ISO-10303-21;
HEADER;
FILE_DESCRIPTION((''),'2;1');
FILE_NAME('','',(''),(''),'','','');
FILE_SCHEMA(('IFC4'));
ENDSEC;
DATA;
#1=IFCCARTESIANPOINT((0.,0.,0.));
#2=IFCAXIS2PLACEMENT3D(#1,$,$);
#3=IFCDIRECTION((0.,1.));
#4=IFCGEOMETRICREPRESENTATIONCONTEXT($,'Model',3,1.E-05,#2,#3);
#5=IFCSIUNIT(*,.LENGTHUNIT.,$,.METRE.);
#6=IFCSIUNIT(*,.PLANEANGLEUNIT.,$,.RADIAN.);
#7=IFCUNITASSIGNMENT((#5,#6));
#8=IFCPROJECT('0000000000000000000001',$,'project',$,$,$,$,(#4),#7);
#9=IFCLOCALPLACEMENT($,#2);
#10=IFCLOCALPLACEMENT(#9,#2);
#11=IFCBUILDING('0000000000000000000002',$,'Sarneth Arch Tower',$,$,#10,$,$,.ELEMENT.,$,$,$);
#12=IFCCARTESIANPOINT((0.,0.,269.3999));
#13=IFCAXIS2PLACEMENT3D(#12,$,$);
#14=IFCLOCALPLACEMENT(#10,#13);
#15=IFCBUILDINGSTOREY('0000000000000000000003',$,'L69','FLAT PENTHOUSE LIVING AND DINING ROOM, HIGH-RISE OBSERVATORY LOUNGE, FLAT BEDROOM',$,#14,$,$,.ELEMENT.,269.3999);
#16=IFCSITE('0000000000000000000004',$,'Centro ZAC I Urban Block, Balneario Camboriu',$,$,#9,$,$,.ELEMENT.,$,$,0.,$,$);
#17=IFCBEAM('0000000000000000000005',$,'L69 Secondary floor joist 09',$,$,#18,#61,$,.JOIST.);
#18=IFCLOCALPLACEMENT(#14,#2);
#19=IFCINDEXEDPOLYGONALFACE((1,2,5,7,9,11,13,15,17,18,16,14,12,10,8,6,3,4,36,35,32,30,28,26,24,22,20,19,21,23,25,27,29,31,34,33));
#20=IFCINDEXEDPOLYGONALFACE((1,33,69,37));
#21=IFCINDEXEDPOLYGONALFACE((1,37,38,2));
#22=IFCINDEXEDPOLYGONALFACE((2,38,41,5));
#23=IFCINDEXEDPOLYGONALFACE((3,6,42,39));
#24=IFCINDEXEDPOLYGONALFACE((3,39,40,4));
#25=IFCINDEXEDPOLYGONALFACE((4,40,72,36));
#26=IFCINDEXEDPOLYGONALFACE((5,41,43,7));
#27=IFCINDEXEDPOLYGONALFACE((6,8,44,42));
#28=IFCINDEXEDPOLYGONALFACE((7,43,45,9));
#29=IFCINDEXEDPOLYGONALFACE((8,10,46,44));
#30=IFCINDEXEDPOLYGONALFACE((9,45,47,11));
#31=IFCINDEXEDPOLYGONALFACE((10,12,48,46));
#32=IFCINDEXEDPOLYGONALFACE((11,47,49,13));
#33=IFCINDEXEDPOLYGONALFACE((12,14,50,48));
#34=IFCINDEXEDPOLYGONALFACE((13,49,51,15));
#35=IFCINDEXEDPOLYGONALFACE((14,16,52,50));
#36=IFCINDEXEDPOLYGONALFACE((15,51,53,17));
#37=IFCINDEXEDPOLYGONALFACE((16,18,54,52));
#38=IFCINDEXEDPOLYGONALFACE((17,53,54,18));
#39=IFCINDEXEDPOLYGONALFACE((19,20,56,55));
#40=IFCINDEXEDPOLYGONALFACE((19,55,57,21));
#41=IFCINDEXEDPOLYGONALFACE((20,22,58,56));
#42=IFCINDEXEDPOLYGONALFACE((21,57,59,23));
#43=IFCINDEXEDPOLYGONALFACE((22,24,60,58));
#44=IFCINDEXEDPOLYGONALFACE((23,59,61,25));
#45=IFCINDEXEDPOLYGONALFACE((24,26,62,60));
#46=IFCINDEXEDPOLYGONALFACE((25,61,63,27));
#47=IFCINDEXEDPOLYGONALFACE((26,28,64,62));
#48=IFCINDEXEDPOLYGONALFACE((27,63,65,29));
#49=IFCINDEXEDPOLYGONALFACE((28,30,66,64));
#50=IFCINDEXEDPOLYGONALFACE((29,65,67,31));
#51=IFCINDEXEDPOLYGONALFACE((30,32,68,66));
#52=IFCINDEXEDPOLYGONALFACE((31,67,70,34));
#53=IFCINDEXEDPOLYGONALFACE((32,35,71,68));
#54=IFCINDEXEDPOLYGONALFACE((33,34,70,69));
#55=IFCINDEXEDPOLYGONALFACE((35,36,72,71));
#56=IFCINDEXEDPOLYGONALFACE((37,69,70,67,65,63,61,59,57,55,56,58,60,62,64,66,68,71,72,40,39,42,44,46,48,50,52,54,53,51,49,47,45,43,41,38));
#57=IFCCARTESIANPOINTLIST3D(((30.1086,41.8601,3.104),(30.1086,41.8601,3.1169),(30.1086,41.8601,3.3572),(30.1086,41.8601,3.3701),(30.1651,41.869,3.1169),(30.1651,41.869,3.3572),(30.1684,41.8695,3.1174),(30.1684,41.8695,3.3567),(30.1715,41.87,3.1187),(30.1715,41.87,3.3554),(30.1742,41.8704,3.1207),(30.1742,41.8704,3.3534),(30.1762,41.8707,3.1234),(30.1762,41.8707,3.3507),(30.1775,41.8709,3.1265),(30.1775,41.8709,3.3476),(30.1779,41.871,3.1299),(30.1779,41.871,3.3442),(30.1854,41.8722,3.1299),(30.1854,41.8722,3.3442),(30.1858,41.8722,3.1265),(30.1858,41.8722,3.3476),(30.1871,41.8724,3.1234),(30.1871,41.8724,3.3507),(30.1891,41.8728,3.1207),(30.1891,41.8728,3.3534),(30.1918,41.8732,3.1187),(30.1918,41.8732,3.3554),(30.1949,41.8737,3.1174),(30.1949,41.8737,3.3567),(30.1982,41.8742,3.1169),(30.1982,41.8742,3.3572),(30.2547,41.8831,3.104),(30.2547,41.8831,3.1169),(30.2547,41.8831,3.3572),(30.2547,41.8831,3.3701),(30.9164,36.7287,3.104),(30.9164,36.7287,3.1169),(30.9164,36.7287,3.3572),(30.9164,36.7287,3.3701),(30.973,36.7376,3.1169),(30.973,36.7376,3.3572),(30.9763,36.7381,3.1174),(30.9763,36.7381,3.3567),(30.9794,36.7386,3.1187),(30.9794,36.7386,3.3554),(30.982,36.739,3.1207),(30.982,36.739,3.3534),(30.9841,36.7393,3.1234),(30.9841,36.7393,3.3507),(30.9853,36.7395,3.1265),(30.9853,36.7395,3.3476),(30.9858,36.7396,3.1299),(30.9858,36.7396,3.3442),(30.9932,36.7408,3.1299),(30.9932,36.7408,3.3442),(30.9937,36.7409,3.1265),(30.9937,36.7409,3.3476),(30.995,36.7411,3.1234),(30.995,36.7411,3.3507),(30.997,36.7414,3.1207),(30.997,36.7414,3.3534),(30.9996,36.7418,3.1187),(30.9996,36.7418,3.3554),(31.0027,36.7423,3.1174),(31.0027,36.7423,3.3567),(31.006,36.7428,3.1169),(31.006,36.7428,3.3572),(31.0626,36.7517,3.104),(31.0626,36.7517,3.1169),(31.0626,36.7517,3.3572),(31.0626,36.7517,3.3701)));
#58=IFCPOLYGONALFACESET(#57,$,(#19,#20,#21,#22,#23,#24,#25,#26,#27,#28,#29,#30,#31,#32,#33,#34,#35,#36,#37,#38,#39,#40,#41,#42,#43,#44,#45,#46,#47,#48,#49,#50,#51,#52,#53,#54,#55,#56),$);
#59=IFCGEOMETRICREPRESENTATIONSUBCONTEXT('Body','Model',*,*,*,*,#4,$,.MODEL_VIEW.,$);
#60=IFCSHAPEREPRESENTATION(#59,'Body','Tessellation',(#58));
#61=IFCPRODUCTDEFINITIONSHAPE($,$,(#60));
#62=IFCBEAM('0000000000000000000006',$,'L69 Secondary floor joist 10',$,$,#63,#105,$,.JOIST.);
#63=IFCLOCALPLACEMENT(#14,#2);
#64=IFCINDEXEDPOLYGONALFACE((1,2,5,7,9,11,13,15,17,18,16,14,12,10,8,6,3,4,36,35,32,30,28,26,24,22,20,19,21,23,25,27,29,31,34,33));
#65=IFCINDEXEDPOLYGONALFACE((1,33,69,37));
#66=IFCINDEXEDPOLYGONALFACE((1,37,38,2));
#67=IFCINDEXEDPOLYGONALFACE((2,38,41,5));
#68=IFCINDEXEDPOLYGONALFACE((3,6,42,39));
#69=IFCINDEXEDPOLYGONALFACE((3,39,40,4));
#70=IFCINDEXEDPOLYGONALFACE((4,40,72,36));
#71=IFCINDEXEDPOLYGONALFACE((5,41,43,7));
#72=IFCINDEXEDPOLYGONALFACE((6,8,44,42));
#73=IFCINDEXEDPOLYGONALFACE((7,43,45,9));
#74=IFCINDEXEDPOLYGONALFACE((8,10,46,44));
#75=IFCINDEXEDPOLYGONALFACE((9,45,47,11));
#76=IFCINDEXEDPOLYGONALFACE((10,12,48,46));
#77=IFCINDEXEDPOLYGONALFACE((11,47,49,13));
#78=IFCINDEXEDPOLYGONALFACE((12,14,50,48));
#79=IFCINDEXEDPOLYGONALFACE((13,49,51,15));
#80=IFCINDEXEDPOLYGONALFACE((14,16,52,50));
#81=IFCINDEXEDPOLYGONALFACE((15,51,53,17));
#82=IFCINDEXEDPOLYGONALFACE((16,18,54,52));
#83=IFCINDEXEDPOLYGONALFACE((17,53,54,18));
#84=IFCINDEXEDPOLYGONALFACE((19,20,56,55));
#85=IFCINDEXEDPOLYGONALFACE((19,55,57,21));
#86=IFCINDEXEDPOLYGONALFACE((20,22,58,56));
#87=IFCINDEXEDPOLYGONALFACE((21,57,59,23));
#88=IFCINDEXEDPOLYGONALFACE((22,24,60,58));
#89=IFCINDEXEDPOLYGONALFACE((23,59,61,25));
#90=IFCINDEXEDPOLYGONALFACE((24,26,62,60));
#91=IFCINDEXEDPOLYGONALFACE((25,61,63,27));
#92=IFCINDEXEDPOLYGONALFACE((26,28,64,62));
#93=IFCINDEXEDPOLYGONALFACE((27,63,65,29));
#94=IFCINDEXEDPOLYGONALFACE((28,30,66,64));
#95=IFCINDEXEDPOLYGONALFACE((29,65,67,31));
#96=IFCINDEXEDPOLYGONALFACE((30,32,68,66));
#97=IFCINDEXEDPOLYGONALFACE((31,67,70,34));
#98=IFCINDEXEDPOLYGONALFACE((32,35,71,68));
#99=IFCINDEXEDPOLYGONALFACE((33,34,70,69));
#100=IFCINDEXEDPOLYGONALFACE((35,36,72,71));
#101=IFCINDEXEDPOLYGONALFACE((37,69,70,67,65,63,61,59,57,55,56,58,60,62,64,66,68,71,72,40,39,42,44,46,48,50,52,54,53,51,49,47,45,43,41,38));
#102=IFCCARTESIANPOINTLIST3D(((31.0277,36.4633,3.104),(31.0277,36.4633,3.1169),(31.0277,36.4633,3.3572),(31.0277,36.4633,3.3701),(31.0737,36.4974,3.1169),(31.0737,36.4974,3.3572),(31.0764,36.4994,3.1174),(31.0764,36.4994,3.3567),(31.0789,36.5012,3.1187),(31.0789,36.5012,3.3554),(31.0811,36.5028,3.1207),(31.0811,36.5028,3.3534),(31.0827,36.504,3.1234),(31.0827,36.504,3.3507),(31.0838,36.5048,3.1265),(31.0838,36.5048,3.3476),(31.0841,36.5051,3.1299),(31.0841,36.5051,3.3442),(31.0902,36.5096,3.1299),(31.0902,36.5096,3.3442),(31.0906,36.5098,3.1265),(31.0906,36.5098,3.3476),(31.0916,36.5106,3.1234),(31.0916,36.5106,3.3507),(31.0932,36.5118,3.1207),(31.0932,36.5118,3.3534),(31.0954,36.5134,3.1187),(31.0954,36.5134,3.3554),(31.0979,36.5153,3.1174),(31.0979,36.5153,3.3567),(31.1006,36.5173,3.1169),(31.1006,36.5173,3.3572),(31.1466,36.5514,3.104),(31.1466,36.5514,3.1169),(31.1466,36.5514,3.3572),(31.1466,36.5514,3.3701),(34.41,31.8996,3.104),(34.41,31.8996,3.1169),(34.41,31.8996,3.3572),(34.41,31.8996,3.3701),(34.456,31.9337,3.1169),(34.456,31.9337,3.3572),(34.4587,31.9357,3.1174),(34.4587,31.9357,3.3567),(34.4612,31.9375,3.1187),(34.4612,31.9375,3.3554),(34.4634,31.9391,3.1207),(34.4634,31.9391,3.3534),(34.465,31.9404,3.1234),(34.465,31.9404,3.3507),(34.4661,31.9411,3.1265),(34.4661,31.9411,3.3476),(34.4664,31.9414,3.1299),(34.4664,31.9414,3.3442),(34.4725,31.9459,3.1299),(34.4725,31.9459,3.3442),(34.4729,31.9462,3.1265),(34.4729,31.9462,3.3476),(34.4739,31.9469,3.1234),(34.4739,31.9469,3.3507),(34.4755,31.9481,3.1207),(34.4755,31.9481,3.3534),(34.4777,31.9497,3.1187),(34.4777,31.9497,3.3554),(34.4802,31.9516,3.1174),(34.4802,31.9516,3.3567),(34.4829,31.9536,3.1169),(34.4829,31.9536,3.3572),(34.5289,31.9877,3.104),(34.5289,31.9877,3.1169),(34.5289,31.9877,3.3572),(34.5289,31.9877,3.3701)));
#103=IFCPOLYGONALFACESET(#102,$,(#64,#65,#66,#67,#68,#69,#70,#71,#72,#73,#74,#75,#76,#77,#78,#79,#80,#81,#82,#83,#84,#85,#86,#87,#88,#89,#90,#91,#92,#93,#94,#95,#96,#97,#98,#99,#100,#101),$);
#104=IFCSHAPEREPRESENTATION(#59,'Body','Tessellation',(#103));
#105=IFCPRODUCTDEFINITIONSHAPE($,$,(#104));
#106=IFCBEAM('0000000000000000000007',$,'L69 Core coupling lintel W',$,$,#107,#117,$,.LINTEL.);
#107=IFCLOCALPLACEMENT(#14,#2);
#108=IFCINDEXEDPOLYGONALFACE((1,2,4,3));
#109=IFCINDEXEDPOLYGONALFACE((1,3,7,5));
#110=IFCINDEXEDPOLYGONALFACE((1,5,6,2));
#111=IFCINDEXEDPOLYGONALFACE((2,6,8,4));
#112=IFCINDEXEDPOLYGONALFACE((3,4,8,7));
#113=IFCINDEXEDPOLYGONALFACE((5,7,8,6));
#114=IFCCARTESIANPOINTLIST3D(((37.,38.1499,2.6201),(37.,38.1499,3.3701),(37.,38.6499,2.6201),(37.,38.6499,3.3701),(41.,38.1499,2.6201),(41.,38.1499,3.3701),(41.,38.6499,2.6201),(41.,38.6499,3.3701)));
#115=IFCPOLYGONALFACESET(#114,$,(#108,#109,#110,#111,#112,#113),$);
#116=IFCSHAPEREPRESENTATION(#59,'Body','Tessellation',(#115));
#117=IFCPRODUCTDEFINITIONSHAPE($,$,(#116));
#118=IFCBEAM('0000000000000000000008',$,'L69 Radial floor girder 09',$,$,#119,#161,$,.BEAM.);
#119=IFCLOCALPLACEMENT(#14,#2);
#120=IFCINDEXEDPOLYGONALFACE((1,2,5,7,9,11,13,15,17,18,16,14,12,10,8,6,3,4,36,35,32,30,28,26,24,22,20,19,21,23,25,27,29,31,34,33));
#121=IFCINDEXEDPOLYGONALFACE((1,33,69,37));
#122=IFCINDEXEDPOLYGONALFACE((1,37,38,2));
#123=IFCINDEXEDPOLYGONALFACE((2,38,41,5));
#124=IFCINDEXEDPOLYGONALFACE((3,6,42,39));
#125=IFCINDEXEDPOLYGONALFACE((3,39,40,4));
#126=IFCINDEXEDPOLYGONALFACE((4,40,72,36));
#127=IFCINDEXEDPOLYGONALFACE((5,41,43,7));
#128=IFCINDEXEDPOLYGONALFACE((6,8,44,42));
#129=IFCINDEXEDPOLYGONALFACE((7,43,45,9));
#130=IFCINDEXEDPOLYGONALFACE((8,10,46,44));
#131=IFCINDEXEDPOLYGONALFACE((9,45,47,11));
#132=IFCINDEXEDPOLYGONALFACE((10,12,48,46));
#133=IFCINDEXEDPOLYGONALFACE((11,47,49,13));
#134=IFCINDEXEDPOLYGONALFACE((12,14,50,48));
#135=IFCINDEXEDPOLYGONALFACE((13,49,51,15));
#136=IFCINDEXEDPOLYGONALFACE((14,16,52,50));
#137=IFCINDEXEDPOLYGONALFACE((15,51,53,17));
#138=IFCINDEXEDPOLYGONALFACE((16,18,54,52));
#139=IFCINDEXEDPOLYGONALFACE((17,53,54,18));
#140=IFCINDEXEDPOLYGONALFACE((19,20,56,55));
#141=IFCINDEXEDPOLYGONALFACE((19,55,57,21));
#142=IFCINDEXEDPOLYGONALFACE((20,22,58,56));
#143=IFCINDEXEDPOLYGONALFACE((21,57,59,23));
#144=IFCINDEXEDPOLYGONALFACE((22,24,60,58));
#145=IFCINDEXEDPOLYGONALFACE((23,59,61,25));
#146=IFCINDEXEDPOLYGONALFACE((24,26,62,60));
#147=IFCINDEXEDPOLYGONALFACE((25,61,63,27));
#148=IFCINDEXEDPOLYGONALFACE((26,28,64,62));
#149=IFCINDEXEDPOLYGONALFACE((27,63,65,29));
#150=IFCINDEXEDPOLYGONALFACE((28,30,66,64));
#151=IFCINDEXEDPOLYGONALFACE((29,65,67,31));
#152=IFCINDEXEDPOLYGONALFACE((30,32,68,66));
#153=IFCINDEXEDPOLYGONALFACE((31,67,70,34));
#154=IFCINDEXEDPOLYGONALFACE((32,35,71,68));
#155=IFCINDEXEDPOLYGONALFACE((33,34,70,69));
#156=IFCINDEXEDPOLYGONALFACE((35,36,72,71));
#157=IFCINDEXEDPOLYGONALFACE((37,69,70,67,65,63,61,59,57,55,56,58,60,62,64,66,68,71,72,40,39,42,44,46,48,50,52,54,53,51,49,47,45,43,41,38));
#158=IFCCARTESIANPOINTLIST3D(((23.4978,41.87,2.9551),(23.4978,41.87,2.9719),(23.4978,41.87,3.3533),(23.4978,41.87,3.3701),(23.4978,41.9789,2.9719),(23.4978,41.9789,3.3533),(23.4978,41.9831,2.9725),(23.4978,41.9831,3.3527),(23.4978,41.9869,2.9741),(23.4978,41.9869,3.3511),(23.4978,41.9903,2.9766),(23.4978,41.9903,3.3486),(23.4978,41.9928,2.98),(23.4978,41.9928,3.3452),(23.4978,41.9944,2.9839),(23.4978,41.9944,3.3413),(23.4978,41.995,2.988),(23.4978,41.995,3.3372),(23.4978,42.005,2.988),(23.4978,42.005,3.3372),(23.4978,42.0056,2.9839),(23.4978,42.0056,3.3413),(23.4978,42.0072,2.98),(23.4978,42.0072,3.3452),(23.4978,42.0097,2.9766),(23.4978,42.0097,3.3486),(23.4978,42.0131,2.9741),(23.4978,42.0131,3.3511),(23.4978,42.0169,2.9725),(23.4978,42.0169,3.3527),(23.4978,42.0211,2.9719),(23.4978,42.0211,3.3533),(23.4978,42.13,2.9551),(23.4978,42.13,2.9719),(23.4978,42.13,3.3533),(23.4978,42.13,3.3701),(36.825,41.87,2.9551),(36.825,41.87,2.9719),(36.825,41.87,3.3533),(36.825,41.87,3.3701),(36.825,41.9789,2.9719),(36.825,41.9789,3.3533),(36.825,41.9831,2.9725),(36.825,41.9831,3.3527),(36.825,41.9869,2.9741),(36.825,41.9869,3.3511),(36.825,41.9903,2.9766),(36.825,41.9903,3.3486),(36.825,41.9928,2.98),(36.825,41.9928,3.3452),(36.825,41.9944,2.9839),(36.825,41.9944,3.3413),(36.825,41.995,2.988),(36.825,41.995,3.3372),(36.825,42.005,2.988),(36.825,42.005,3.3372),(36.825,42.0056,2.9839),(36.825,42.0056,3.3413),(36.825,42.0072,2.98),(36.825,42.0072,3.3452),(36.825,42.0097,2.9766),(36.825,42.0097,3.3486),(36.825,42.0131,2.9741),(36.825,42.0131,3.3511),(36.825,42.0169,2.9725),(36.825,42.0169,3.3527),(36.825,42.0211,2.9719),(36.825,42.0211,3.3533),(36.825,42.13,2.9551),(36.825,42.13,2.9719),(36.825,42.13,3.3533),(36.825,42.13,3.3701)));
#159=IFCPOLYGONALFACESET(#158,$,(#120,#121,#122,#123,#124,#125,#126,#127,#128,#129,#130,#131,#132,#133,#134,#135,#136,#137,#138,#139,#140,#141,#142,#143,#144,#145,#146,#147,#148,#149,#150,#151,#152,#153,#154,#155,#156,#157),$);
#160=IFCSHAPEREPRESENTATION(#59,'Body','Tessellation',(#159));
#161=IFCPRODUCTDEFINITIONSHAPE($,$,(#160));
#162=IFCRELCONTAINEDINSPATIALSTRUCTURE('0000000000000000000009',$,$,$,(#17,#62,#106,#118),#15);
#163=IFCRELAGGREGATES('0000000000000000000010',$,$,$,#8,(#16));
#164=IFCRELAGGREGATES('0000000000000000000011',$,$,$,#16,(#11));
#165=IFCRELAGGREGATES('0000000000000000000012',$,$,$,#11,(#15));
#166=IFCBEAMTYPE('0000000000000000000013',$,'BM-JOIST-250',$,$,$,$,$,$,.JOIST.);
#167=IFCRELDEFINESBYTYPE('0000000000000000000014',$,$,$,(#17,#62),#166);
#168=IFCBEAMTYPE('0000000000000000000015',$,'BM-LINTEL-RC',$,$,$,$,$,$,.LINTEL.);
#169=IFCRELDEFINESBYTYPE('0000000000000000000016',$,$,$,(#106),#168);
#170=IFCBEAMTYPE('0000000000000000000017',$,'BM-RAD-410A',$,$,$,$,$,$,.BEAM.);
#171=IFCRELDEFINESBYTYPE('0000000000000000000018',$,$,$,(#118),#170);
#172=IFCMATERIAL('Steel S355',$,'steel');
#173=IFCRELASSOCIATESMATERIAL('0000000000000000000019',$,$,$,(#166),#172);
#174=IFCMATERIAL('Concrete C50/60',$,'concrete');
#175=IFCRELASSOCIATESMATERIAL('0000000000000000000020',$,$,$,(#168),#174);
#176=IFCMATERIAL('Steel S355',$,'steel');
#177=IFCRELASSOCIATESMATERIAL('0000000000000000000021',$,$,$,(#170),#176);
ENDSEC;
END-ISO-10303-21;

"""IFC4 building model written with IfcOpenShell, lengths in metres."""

from ifc_helpers import new_model, si_unit, direction, frame, origin, origin_2d, place, context, subcontext, project, spatial, rectangle, i_section, extrude, material, material_profile, profile_set, type_object, element, save


model = new_model("IFC4")

# Units and contexts
model_context = context("Model", 3, precision=1e-05, world=origin(), true_north=direction((0.0, 1.0)))
body_context = subcontext(model_context, "Body", "Model", "MODEL_VIEW")
ifc_project = project(units=[si_unit("LENGTHUNIT", "METRE"), si_unit("PLANEANGLEUNIT", "RADIAN")], contexts=[model_context])

# Site, building, storey
site_placement = place(None, origin())
site = spatial("IfcSite", under=ifc_project, at=site_placement, Name="Centro ZAC I Urban Block, Balneario Camboriu", CompositionType="ELEMENT", RefElevation=0.0)
building_placement = place(site_placement, origin())
building = spatial("IfcBuilding", under=site, at=building_placement, Name="Sarneth Arch Tower", CompositionType="ELEMENT")
storey_placement = place(building_placement, frame((0.0, 0.0, 269.3999)))
storey = spatial("IfcBuildingStorey", under=building, at=storey_placement, Name="L69", Description="FLAT PENTHOUSE LIVING AND DINING ROOM, HIGH-RISE OBSERVATORY LOUNGE, FLAT BEDROOM", CompositionType="ELEMENT", Elevation=269.3999)

# Beams
ifc_material_1 = material(Name="Steel S355", Category="steel")
ifc_material_profile_1 = material_profile(ifc_material_1, i_section(OverallWidth=0.1479, OverallDepth=0.2661, WebThickness=0.0076, FlangeThickness=0.0129, FilletRadius=0.0129, at=origin_2d()), Name="W250x44.8")
ifc_profile_set_1 = profile_set([ifc_material_profile_1], Name="Steel S355")
beam_type_1 = type_object("IfcBeamType", Name="BM-JOIST-250", PredefinedType="JOIST", material=ifc_profile_set_1)
beam_1_placement = place(storey_placement, frame((30.1816, 41.8716, 3.2371), z_axis=(0.155521, -0.987833, 0.0), x_axis=(0.987833, 0.155521, 0.0)))
element("IfcBeam", 1, at=beam_1_placement, inside=storey, type_object=beam_type_1, Name="L69 Secondary floor joist 09", PredefinedType="JOIST", context=body_context, shape_type="SweptSolid", body=[
    extrude(i_section(OverallWidth=0.1479, OverallDepth=0.2661, WebThickness=0.0076, FlangeThickness=0.0129, FilletRadius=0.0129, at=origin_2d()), origin(), (0.0, 0.0, 1.0), 5.1946),
])
beam_2_placement = place(storey_placement, frame((31.0872, 36.5073, 3.2371), z_axis=(0.595431, -0.803406, 0.0), x_axis=(0.803406, 0.595431, 0.0)))
element("IfcBeam", 2, at=beam_2_placement, inside=storey, type_object=beam_type_1, Name="L69 Secondary floor joist 10", PredefinedType="JOIST", context=body_context, shape_type="SweptSolid", body=[
    extrude(i_section(OverallWidth=0.1479, OverallDepth=0.2661, WebThickness=0.0076, FlangeThickness=0.0129, FilletRadius=0.0129, at=origin_2d()), origin(), (0.0, 0.0, 1.0), 5.6804),
])
ifc_material_2 = material(Name="Concrete C50/60", Category="concrete")
ifc_material_profile_2 = material_profile(ifc_material_2, rectangle(XDim=0.5, YDim=0.75, at=origin_2d()), Name="RC-500x750")
ifc_profile_set_2 = profile_set([ifc_material_profile_2], Name="Concrete C50/60")
beam_type_2 = type_object("IfcBeamType", Name="BM-LINTEL-RC", PredefinedType="LINTEL", material=ifc_profile_set_2)
beam_3_placement = place(storey_placement, frame((37.0, 38.3999, 2.9951), z_axis=(1.0, 0.0, 0.0), x_axis=(0.0, 1.0, 0.0)))
element("IfcBeam", 3, at=beam_3_placement, inside=storey, type_object=beam_type_2, Name="L69 Core coupling lintel W", PredefinedType="LINTEL", context=body_context, shape_type="SweptSolid", body=[
    extrude(rectangle(XDim=0.5, YDim=0.75, at=origin_2d()), origin(), (0.0, 0.0, 1.0), 4.0),
])
ifc_material_3 = material(Name="Steel S355", Category="steel")
ifc_material_profile_3 = material_profile(ifc_material_3, i_section(OverallWidth=0.26, OverallDepth=0.415, WebThickness=0.01, FlangeThickness=0.0168, FilletRadius=0.0161, at=origin_2d()), Name="W410x100")
ifc_profile_set_3 = profile_set([ifc_material_profile_3], Name="Steel S355")
beam_type_3 = type_object("IfcBeamType", Name="BM-RAD-410A", PredefinedType="BEAM", material=ifc_profile_set_3)
beam_4_placement = place(storey_placement, frame((36.825, 42.0, 3.1626), z_axis=(-1.0, 0.0, 0.0), x_axis=(0.0, -1.0, 0.0)))
element("IfcBeam", 4, at=beam_4_placement, inside=storey, type_object=beam_type_3, Name="L69 Radial floor girder 09", PredefinedType="BEAM", context=body_context, shape_type="SweptSolid", body=[
    extrude(i_section(OverallWidth=0.26, OverallDepth=0.415, WebThickness=0.01, FlangeThickness=0.0168, FilletRadius=0.0161, at=origin_2d()), origin(), (0.0, 0.0, 1.0), 13.3271),
])

save(model, "model.ifc")
